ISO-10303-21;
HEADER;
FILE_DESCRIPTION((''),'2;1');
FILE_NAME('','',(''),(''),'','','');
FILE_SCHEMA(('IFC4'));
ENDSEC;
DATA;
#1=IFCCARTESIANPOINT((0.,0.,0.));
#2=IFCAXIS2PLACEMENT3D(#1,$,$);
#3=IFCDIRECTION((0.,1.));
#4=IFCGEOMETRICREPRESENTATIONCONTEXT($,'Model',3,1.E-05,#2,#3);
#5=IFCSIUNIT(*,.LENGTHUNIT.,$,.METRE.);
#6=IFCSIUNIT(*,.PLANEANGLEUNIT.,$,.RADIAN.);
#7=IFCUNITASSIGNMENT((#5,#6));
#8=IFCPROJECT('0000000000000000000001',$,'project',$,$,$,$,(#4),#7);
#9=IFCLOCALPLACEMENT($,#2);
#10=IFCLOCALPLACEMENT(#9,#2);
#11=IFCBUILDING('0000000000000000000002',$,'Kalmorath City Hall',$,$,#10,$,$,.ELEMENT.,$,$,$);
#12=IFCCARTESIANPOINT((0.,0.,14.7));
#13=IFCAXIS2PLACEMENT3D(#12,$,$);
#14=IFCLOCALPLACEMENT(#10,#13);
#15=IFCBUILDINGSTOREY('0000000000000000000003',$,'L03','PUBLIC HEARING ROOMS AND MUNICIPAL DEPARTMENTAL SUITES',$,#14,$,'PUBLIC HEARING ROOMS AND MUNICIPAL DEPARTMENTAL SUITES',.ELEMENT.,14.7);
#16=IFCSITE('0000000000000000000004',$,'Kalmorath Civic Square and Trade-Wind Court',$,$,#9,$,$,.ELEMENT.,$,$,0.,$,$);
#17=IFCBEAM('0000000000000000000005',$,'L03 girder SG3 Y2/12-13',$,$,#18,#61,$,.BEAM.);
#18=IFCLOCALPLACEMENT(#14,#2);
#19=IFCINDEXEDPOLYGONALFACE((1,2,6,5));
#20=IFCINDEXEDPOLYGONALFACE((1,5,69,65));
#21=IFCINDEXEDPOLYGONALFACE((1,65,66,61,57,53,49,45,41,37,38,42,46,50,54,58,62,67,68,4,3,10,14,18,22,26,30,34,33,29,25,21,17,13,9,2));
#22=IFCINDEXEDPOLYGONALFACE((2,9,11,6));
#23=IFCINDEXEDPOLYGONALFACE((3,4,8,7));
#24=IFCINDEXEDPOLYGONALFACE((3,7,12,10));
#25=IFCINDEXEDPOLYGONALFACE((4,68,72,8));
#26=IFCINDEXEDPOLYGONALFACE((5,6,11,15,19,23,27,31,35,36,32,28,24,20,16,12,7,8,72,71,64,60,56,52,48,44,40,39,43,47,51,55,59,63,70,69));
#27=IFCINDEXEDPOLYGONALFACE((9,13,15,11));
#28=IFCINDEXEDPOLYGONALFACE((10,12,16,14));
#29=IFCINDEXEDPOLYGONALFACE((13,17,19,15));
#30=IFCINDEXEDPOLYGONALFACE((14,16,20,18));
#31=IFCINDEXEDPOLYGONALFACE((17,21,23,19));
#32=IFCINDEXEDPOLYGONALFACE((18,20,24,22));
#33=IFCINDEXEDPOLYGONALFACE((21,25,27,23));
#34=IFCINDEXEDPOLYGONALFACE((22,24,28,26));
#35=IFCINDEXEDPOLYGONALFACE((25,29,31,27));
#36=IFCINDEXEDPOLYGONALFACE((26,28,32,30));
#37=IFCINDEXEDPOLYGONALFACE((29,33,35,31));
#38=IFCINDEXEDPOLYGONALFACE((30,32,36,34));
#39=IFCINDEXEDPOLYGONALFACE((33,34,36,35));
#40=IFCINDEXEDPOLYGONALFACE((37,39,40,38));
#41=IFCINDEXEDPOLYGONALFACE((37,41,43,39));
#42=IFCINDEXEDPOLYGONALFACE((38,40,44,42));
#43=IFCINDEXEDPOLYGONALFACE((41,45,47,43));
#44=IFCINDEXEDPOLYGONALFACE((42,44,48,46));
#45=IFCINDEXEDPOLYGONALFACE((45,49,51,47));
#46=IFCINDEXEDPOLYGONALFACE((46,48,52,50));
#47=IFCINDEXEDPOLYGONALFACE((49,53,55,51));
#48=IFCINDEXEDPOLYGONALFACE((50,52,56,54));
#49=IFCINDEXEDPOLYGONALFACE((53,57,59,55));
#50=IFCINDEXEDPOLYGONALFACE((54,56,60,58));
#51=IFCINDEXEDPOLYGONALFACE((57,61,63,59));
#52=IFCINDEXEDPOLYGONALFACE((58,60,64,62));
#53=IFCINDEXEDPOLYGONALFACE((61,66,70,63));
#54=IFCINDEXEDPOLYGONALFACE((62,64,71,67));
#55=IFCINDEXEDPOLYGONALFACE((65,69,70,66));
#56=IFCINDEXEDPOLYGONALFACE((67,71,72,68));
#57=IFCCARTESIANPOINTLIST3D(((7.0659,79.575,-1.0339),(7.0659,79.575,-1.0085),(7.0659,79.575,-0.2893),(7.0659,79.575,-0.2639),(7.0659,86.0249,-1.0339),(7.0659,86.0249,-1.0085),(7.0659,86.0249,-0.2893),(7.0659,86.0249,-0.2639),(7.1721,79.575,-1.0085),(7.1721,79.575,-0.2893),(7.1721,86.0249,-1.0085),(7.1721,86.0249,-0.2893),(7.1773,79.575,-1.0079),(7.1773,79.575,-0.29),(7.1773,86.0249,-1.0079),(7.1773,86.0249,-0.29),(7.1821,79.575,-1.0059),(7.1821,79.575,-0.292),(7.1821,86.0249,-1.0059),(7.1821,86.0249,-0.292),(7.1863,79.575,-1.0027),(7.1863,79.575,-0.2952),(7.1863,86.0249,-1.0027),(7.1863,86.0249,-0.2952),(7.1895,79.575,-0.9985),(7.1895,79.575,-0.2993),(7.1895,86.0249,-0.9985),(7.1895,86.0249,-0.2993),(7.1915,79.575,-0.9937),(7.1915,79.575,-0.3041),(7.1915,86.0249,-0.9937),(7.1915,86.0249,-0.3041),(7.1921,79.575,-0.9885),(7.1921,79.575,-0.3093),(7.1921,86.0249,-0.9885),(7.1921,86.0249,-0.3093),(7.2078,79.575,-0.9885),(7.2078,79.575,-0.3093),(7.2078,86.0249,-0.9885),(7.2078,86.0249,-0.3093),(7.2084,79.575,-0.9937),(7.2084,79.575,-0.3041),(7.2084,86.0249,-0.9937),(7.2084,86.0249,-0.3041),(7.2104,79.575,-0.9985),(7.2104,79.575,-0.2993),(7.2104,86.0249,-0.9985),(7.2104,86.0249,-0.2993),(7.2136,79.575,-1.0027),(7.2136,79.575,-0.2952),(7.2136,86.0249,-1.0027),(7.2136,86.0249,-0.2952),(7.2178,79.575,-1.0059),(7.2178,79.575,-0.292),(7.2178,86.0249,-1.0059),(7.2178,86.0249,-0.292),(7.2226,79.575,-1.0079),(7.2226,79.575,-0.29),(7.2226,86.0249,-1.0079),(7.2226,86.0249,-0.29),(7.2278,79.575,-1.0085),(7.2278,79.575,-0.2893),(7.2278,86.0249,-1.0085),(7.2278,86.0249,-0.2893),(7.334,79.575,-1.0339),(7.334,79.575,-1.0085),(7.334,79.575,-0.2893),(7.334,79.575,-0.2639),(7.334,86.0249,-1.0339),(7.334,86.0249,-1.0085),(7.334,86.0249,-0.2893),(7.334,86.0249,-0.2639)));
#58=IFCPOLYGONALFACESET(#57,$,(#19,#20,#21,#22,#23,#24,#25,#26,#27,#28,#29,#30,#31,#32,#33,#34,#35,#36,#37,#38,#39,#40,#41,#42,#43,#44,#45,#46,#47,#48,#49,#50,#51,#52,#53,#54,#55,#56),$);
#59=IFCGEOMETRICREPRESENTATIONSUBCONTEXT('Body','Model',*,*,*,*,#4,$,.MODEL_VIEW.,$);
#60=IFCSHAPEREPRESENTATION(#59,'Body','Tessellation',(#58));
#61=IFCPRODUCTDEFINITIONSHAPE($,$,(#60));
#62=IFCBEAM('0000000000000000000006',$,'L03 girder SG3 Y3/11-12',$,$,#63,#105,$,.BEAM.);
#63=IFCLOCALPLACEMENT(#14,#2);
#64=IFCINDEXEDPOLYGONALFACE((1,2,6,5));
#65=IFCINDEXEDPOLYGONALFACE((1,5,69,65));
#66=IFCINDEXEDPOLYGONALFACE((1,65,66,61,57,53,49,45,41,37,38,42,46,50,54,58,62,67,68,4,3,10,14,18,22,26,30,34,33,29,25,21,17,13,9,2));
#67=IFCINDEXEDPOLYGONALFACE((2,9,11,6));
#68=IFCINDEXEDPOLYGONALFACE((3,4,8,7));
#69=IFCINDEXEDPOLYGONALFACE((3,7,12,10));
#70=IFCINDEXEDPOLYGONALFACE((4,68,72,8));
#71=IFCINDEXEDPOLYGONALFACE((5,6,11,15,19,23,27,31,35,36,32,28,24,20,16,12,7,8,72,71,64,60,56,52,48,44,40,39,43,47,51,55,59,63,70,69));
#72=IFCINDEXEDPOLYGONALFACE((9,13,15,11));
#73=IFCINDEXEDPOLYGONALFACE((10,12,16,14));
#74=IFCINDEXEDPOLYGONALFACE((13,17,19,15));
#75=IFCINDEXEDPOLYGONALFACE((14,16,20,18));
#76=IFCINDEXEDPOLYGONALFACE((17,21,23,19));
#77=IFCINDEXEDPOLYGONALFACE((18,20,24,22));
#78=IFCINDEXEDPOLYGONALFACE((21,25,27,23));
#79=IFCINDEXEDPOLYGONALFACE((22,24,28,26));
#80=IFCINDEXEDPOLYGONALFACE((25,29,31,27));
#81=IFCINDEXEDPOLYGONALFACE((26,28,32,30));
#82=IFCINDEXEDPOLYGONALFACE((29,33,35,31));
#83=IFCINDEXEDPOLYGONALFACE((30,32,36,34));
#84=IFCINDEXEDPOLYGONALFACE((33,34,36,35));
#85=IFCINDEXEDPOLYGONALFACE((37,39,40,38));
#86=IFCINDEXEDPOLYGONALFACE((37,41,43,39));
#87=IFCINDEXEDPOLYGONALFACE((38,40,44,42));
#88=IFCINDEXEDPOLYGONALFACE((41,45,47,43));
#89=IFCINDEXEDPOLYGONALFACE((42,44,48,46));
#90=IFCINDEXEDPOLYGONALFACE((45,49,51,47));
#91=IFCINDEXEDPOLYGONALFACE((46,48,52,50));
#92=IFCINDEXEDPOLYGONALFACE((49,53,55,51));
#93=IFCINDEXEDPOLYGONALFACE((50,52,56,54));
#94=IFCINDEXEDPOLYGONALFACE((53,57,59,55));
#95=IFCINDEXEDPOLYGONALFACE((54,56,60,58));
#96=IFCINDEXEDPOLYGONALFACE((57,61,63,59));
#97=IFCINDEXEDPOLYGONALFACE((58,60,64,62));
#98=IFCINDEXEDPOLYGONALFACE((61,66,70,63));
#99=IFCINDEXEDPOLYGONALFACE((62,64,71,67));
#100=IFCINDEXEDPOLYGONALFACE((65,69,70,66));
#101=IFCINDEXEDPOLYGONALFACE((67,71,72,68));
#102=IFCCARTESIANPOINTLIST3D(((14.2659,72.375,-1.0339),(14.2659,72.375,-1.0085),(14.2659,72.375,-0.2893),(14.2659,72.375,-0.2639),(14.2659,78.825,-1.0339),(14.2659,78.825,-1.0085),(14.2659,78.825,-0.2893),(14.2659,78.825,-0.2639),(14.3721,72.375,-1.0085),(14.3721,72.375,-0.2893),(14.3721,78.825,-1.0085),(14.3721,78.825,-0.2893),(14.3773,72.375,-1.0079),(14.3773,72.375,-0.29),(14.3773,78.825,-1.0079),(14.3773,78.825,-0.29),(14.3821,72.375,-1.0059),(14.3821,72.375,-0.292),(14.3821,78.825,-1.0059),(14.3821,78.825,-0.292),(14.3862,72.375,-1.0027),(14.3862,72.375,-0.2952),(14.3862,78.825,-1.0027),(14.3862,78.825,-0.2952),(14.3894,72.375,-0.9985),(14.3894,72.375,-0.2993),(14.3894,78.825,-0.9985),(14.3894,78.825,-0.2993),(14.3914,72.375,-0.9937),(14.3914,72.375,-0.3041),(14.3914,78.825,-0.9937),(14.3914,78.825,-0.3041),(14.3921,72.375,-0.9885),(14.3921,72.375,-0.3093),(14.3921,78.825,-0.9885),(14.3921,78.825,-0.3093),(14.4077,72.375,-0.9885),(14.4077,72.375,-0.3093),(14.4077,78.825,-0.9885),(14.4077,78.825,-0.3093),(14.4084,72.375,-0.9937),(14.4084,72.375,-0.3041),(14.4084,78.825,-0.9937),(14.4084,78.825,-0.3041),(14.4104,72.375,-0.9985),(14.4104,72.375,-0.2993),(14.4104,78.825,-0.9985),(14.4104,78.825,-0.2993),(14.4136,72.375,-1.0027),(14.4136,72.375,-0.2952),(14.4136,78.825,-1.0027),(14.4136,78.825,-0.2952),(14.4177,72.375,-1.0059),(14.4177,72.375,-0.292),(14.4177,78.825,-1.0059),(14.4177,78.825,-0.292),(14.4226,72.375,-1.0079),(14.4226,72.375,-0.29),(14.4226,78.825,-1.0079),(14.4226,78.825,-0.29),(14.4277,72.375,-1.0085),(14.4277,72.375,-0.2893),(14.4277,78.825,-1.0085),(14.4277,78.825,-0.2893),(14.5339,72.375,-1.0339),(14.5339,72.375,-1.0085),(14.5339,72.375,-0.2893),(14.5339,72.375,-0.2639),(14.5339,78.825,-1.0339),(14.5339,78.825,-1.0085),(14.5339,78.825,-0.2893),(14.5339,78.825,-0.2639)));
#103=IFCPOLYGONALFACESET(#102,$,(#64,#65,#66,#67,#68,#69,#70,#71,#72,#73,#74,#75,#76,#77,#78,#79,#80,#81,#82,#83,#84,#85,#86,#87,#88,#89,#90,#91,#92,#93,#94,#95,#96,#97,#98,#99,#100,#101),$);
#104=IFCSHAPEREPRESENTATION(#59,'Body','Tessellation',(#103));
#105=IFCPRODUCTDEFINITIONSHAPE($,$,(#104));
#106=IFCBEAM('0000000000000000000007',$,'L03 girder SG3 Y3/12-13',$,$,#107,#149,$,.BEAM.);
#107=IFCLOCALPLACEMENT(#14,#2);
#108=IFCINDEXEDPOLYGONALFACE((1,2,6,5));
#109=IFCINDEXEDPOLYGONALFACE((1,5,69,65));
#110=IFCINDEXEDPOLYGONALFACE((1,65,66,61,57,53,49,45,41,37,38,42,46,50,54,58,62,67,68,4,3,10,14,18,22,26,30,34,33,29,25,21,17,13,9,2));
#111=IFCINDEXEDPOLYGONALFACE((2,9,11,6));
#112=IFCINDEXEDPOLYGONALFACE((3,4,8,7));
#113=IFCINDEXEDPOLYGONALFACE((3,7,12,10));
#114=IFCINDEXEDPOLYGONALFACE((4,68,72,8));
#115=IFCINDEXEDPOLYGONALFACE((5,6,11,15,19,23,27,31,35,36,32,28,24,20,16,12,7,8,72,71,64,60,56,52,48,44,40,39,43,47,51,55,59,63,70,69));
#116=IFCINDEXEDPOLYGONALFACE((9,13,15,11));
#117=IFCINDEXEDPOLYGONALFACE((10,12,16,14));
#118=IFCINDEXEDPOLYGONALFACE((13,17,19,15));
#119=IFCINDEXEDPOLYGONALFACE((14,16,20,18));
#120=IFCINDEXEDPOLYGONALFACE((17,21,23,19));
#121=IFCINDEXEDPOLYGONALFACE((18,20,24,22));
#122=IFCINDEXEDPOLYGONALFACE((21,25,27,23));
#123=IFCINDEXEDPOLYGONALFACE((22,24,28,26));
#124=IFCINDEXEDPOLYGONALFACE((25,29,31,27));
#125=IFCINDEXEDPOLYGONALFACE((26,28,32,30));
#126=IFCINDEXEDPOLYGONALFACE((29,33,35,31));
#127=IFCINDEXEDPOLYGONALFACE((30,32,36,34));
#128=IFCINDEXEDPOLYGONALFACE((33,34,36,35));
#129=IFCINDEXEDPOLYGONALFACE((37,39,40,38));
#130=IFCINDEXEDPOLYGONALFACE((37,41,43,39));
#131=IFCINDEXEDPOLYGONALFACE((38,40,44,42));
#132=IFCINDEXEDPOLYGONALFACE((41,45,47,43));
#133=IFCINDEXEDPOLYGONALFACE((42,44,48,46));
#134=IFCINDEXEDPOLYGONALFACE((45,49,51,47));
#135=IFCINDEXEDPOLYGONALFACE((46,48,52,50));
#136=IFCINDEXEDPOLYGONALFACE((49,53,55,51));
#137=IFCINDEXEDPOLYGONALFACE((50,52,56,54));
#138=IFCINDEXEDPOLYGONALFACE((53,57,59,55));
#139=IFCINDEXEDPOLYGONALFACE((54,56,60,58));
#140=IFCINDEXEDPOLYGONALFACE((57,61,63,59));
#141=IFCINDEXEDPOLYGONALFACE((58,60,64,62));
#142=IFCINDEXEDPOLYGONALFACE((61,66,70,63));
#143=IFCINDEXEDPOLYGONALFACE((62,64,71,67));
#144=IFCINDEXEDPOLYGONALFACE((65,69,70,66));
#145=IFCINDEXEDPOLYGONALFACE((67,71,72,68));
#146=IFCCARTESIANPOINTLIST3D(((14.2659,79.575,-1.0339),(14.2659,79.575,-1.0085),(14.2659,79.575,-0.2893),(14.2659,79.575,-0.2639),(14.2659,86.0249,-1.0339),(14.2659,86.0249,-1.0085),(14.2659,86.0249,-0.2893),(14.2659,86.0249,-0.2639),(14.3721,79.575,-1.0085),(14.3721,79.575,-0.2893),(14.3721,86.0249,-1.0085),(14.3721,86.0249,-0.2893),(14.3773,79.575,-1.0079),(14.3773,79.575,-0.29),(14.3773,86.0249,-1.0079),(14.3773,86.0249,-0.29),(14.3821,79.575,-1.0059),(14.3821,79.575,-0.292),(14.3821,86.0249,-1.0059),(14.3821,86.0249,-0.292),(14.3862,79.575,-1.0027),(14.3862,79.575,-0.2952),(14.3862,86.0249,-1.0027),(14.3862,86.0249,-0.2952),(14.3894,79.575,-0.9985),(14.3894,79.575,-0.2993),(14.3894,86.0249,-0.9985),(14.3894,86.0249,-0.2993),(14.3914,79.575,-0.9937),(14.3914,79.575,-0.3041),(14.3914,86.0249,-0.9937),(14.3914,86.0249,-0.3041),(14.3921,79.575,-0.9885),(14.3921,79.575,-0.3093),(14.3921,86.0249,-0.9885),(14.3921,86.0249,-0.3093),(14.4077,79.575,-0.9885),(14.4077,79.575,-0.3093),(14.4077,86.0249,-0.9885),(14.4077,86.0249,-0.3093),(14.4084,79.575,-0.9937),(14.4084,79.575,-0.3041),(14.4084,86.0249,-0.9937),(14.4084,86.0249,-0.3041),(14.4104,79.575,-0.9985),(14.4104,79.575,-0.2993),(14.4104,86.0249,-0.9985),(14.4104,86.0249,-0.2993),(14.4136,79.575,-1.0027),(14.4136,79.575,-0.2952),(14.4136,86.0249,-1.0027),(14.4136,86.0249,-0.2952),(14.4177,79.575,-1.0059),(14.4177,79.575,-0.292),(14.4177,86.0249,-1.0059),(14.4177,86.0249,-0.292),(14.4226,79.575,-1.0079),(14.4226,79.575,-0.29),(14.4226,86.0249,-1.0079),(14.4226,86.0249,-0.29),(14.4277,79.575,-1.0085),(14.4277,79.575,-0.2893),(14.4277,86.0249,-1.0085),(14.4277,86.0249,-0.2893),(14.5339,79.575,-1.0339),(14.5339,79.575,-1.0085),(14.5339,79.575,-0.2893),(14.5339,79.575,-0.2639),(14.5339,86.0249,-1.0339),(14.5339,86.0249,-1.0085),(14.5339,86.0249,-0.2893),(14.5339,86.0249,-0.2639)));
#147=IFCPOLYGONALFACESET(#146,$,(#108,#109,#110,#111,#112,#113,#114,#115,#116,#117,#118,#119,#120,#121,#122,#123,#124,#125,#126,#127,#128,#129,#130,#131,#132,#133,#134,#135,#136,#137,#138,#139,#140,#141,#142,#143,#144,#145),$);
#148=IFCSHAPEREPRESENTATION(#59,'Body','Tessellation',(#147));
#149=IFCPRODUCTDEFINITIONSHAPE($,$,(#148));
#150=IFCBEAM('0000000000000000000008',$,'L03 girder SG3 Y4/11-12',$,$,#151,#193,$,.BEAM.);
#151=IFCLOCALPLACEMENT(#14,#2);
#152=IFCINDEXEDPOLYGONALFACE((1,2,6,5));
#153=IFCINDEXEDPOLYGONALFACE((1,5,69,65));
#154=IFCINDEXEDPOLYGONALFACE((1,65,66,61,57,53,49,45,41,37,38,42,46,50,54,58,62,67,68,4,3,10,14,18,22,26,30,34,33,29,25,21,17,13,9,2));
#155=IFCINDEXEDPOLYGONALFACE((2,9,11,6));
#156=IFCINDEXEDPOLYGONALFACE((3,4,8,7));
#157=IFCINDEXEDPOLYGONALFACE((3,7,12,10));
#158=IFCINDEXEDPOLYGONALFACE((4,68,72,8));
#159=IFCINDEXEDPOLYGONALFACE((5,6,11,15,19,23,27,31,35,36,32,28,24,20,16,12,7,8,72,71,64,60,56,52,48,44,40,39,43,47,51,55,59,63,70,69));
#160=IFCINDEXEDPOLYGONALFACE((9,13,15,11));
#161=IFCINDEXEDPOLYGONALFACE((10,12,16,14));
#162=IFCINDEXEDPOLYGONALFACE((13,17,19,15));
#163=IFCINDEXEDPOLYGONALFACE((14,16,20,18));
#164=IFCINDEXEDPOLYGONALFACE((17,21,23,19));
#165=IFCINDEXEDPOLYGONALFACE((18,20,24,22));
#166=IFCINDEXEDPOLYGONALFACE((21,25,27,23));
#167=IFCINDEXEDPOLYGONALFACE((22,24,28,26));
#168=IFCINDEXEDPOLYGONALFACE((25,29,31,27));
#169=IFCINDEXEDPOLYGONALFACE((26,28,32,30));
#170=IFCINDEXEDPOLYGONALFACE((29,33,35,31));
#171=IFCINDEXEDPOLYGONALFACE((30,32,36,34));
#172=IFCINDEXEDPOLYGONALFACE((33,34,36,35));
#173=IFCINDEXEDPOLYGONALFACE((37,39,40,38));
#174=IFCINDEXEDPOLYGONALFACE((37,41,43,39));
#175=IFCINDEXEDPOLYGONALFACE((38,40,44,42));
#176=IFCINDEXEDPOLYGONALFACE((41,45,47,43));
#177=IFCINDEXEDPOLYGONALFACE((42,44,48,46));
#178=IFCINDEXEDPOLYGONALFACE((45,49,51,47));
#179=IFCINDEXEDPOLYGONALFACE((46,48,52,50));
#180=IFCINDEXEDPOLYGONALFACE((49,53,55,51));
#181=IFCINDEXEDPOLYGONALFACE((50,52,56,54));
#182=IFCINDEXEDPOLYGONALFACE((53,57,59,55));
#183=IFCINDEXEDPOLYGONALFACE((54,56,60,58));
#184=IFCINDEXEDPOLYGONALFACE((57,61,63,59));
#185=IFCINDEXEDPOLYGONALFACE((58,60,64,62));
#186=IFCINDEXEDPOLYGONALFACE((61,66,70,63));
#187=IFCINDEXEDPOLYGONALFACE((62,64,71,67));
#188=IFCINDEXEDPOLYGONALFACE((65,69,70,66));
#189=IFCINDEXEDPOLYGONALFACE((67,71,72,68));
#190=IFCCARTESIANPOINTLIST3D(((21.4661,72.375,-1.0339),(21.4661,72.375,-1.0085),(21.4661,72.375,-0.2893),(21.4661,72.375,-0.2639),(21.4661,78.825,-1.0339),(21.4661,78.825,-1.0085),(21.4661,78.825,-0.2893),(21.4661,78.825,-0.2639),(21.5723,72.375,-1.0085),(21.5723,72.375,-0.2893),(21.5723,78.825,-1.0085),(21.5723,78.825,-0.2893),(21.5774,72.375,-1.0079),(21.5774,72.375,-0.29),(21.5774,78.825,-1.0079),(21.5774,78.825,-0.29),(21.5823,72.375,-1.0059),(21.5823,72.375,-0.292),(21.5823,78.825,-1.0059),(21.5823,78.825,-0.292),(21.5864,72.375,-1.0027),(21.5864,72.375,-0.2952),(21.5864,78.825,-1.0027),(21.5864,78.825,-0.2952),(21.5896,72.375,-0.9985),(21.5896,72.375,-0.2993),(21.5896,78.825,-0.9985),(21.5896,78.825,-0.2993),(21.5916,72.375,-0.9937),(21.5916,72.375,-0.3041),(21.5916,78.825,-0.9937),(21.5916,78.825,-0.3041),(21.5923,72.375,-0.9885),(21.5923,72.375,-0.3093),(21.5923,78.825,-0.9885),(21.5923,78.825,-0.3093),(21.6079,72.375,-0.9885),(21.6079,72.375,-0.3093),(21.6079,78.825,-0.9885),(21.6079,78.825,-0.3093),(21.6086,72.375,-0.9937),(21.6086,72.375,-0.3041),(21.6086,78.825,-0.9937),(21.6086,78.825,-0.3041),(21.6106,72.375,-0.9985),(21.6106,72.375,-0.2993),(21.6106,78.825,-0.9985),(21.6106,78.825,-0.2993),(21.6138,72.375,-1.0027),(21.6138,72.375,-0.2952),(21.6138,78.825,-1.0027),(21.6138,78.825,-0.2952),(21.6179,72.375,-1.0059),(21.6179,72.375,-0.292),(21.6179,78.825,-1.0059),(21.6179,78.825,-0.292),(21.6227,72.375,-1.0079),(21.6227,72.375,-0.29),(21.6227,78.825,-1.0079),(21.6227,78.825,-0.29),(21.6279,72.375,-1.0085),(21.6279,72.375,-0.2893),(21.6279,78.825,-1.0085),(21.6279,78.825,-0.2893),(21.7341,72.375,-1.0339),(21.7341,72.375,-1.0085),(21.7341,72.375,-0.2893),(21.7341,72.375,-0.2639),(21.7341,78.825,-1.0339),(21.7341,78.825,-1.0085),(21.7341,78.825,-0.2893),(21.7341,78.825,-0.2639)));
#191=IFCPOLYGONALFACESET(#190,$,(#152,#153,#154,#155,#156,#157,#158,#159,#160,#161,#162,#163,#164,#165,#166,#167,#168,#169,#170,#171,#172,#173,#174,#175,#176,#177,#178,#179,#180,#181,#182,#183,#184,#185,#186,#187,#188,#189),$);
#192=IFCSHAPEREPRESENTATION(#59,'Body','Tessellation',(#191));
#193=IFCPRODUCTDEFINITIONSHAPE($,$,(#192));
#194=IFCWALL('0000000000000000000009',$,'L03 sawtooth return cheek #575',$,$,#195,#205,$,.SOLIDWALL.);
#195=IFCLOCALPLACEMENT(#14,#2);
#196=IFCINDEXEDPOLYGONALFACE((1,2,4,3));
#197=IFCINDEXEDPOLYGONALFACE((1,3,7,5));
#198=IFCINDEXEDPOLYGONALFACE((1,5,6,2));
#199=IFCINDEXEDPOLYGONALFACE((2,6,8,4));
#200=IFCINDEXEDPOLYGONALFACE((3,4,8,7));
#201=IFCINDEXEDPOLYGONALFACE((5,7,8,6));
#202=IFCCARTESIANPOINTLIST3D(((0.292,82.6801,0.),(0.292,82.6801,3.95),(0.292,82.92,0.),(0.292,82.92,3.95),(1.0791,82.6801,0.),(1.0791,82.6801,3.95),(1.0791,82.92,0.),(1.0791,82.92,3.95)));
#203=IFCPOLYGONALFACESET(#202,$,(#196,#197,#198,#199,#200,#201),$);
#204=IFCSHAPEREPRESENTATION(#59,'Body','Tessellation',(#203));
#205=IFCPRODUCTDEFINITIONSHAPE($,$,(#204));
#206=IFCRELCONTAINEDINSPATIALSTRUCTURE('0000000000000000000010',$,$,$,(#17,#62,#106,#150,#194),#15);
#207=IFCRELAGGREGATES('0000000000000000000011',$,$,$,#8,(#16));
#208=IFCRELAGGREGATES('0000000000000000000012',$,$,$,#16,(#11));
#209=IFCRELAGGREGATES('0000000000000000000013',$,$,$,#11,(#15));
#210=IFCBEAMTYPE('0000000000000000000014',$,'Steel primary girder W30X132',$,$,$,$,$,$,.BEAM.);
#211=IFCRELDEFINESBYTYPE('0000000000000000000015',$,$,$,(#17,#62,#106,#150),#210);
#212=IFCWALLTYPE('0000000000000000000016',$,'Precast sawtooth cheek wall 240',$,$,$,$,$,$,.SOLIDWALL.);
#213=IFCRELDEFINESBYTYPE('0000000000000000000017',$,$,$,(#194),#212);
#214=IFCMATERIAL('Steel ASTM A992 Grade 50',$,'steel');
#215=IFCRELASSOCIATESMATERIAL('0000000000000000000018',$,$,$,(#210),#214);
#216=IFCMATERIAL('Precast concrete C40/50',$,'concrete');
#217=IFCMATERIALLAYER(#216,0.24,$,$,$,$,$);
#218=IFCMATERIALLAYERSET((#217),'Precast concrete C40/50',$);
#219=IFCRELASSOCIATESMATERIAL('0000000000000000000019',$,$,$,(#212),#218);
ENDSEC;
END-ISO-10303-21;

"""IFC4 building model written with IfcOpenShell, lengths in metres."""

from ifc_helpers import new_model, si_unit, direction, frame, frame_2d, origin, origin_2d, place, context, subcontext, project, spatial, rectangle, i_section, extrude, material, layer, layer_set, material_profile, profile_set, type_object, element, save


model = new_model("IFC4")

# Units and contexts
model_context = context("Model", 3, precision=1e-05, world=origin(), true_north=direction((0.0, 1.0)))
body_context = subcontext(model_context, "Body", "Model", "MODEL_VIEW")
ifc_project = project(units=[si_unit("LENGTHUNIT", "METRE"), si_unit("PLANEANGLEUNIT", "RADIAN")], contexts=[model_context])

# Site, building, storey
site_placement = place(None, origin())
site = spatial("IfcSite", under=ifc_project, at=site_placement, Name="Kalmorath Civic Square and Trade-Wind Court", CompositionType="ELEMENT", RefElevation=0.0)
building_placement = place(site_placement, origin())
building = spatial("IfcBuilding", under=site, at=building_placement, Name="Kalmorath City Hall", CompositionType="ELEMENT")
storey_placement = place(building_placement, frame((0.0, 0.0, 14.7)))
storey = spatial("IfcBuildingStorey", under=building, at=storey_placement, Name="L03", Description="PUBLIC HEARING ROOMS AND MUNICIPAL DEPARTMENTAL SUITES", LongName="PUBLIC HEARING ROOMS AND MUNICIPAL DEPARTMENTAL SUITES", CompositionType="ELEMENT", Elevation=14.7)

# Beams
ifc_material_1 = material(Name="Steel ASTM A992 Grade 50", Category="steel")
ifc_material_profile_1 = material_profile(ifc_material_1, i_section(OverallWidth=0.2681, OverallDepth=0.77, WebThickness=0.0156, FlangeThickness=0.0254, FilletRadius=0.02, at=origin_2d()), Name="W30X132")
ifc_profile_set_1 = profile_set([ifc_material_profile_1], Name="Steel ASTM A992 Grade 50")
beam_type_1 = type_object("IfcBeamType", Name="Steel primary girder W30X132", PredefinedType="BEAM", material=ifc_profile_set_1)
for number, where, z_axis, x_axis, name in (
    (1, (7.2, 79.575, -0.6489), (0.0, 1.0, 0.0), (-1.0, 0.0, 0.0), "L03 girder SG3 Y2/12-13"),
    (2, (14.3999, 72.375, -0.6489), (0.0, 1.0, 0.0), (-1.0, 0.0, 0.0), "L03 girder SG3 Y3/11-12"),
    (3, (14.3999, 79.575, -0.6489), (0.0, 1.0, 0.0), (-1.0, 0.0, 0.0), "L03 girder SG3 Y3/12-13"),
    (4, (21.6001, 72.375, -0.6489), (0.0, 1.0, 0.0), (-1.0, 0.0, 0.0), "L03 girder SG3 Y4/11-12"),
):
    element("IfcBeam", number, at=place(storey_placement, frame(where, z_axis=z_axis, x_axis=x_axis)), inside=storey, type_object=beam_type_1, Name=name, PredefinedType="BEAM", context=body_context, shape_type="SweptSolid", body=[
        extrude(i_section(OverallWidth=0.2681, OverallDepth=0.77, WebThickness=0.0156, FlangeThickness=0.0254, FilletRadius=0.02, at=origin_2d()), origin(), (0.0, 0.0, 1.0), 6.45),
    ])

# Wall
ifc_material_2 = material(Name="Precast concrete C40/50", Category="concrete")
ifc_layer = layer(ifc_material_2, 0.24)
ifc_layer_set = layer_set([ifc_layer], Name="Precast concrete C40/50")
wall_type = type_object("IfcWallType", Name="Precast sawtooth cheek wall 240", PredefinedType="SOLIDWALL", material=ifc_layer_set)
wall_placement = place(storey_placement, frame((1.0791, 82.8, 0.0), z_axis=(0.0, 0.0, 1.0), x_axis=(-1.0, 0.0, 0.0)))
element("IfcWall", 5, at=wall_placement, inside=storey, type_object=wall_type, Name="L03 sawtooth return cheek #575", PredefinedType="SOLIDWALL", context=body_context, shape_type="SweptSolid", body=[
    extrude(rectangle(XDim=0.7871, YDim=0.24, at=frame_2d((0.3936, 0.0))), origin(), (0.0, 0.0, 1.0), 3.95),
])

save(model, "model.ifc")
